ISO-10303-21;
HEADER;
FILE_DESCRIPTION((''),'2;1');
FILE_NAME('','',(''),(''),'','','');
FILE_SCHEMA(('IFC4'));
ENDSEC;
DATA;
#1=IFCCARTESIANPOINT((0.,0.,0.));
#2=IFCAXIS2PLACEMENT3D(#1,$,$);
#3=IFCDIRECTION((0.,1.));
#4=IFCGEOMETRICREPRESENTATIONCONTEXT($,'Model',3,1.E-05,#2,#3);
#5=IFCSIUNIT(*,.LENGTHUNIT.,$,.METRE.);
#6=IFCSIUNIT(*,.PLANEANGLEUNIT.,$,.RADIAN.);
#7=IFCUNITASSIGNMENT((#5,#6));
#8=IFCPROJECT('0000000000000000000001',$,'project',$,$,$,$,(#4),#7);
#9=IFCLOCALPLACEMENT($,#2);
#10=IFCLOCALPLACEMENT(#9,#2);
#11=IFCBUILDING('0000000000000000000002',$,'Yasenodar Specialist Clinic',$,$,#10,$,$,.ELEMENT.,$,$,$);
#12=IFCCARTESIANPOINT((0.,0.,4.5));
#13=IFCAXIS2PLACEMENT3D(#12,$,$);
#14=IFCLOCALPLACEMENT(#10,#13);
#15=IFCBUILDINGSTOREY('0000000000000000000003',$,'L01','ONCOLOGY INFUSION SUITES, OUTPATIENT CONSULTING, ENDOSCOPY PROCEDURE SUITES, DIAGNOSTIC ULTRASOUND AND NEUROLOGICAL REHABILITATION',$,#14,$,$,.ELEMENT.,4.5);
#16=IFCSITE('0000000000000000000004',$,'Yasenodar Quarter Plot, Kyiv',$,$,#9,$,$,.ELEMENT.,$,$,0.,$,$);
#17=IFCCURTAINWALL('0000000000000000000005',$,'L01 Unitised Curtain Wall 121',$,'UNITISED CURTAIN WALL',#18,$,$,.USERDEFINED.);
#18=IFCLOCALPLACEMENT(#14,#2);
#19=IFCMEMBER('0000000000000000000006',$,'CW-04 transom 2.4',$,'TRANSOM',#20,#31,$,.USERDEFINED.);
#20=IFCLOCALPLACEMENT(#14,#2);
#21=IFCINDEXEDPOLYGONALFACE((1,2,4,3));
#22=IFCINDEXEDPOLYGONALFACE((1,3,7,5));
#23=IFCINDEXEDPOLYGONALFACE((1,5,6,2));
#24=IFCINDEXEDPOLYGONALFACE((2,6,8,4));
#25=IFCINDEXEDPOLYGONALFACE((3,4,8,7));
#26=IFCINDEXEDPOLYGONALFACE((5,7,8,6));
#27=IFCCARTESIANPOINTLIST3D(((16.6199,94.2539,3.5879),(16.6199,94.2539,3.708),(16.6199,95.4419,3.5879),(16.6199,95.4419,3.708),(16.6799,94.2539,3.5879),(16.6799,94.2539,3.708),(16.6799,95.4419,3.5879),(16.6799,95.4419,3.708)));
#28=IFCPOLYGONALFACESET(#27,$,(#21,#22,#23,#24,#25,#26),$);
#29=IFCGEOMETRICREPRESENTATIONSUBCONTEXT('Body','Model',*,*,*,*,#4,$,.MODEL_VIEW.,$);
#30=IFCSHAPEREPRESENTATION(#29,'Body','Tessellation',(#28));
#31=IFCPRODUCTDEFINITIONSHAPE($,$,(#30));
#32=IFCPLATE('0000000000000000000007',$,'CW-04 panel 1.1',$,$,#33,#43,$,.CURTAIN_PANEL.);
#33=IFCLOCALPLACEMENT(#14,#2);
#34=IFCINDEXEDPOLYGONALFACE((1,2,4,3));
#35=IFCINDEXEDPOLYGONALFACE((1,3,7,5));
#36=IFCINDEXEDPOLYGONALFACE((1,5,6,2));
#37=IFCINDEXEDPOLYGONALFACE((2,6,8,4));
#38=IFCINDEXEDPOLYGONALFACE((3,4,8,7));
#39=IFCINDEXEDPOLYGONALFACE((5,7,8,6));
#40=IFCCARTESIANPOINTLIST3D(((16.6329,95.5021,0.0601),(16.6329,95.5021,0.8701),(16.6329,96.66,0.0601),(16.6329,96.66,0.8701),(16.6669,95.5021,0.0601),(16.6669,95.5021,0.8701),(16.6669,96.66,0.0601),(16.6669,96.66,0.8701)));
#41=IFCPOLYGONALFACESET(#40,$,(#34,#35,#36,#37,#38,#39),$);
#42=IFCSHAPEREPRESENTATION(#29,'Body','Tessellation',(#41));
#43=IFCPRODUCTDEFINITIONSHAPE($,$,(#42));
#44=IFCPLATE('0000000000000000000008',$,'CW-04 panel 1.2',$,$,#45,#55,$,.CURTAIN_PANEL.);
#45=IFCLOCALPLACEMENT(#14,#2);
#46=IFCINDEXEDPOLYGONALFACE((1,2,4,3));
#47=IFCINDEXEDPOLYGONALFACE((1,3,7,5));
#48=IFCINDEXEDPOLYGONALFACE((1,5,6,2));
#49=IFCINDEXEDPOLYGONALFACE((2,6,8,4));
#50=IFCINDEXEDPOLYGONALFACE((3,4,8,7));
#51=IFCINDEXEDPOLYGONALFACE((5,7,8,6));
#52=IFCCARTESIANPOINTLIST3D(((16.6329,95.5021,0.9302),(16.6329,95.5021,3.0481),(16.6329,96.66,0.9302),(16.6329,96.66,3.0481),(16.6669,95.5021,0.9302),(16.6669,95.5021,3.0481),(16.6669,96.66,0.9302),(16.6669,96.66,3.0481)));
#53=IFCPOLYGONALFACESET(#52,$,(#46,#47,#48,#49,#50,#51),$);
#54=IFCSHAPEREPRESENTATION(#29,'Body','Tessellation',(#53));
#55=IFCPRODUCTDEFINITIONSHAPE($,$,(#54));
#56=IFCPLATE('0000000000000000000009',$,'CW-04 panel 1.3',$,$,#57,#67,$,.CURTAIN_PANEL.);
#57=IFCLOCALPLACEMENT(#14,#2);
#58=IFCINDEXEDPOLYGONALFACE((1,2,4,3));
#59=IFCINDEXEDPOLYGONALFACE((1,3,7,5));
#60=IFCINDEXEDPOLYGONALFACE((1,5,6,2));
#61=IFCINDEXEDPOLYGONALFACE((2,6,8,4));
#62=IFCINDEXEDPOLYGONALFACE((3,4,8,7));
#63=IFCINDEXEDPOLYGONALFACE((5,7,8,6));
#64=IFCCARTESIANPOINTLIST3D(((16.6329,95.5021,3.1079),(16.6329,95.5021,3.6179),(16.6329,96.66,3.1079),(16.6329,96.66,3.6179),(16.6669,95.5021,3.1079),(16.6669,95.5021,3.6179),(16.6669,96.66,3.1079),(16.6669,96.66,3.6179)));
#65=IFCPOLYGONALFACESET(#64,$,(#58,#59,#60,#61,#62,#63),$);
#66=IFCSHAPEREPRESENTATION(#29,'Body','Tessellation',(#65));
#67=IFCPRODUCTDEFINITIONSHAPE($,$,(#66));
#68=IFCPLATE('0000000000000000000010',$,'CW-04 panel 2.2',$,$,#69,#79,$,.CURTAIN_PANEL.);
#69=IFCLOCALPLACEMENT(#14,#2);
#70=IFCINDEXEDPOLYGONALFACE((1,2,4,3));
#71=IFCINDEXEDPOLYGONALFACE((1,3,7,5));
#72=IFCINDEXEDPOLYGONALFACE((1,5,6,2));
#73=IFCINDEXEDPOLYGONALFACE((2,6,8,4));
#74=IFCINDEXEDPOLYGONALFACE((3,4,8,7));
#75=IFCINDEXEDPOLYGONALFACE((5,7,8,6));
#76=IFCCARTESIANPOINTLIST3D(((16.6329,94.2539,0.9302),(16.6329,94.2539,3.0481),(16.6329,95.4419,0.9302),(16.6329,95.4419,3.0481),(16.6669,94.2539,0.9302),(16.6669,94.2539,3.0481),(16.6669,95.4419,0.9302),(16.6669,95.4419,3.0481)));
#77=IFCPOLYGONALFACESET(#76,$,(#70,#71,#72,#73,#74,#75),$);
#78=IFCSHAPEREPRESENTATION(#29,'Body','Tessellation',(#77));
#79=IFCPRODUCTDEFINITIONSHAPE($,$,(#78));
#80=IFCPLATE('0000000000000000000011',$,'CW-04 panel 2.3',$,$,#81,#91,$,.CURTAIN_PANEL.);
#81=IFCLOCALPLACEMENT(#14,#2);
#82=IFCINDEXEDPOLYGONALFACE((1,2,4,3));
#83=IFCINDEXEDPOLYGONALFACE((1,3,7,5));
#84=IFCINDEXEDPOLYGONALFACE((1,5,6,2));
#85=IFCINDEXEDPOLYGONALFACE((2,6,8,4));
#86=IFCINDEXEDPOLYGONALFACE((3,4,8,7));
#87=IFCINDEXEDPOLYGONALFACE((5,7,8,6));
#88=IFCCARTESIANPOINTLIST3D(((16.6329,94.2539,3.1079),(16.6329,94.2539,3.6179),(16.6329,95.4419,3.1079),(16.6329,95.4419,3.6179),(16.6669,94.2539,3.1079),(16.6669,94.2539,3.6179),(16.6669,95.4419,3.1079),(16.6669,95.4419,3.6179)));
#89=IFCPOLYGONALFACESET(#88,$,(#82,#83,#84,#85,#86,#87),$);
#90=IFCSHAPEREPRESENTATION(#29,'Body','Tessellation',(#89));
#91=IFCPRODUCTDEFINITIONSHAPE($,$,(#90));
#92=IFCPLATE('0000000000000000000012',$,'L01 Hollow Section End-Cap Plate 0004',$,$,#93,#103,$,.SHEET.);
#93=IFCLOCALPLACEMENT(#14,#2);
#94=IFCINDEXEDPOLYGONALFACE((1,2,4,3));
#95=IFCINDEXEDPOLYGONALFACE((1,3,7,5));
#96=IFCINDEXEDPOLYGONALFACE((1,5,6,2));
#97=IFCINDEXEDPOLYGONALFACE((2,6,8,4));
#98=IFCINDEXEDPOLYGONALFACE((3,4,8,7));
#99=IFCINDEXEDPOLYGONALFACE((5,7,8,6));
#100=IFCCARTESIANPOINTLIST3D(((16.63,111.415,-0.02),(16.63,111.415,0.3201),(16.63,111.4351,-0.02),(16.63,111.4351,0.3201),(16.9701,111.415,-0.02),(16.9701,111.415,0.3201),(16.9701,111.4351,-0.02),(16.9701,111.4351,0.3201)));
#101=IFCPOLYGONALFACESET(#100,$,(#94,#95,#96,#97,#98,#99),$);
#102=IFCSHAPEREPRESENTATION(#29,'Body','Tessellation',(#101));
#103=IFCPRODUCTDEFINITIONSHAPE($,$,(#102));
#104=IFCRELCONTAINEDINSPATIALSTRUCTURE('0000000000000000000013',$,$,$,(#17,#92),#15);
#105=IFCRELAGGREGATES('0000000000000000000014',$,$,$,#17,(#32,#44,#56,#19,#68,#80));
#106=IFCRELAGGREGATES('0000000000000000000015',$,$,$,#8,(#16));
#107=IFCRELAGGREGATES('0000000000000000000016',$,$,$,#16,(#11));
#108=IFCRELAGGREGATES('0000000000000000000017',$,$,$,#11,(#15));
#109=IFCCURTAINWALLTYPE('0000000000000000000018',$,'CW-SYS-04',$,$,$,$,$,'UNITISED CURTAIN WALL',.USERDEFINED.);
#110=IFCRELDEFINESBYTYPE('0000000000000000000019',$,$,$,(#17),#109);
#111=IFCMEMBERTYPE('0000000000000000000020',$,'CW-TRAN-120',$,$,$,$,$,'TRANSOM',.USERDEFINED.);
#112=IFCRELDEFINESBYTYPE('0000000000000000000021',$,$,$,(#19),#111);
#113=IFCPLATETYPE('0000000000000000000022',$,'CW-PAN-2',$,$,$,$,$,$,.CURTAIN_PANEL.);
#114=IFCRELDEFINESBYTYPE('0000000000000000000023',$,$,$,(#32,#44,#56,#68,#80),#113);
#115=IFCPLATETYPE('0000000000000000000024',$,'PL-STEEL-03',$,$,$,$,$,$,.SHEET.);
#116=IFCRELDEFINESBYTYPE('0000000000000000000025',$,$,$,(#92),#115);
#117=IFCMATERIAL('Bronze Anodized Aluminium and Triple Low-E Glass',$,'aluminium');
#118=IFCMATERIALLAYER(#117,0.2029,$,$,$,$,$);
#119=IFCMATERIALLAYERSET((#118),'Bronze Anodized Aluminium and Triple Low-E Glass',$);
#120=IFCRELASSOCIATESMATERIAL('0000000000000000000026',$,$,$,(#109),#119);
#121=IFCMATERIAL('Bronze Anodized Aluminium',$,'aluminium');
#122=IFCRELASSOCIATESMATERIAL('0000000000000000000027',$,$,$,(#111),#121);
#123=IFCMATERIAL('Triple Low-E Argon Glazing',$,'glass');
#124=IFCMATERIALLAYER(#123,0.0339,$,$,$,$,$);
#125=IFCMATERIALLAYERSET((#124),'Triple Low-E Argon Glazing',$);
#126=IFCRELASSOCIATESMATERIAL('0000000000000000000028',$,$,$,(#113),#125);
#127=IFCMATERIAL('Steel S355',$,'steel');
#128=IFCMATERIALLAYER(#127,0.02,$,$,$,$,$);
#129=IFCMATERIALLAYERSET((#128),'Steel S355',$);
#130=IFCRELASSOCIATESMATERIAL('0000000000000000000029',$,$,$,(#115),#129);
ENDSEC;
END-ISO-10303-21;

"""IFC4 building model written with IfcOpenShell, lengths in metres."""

from ifc_helpers import new_model, si_unit, direction, frame, origin, origin_2d, place, context, subcontext, project, spatial, rectangle, extrude, material, layer, layer_set, material_profile, profile_set, type_object, element, aggregate, save


model = new_model("IFC4")

# Units and contexts
model_context = context("Model", 3, precision=1e-05, world=origin(), true_north=direction((0.0, 1.0)))
body_context = subcontext(model_context, "Body", "Model", "MODEL_VIEW")
ifc_project = project(units=[si_unit("LENGTHUNIT", "METRE"), si_unit("PLANEANGLEUNIT", "RADIAN")], contexts=[model_context])

# Site, building, storey
site_placement = place(None, origin())
site = spatial("IfcSite", under=ifc_project, at=site_placement, Name="Yasenodar Quarter Plot, Kyiv", CompositionType="ELEMENT", RefElevation=0.0)
building_placement = place(site_placement, origin())
building = spatial("IfcBuilding", under=site, at=building_placement, Name="Yasenodar Specialist Clinic", CompositionType="ELEMENT")
storey_placement = place(building_placement, frame((0.0, 0.0, 4.5)))
storey = spatial("IfcBuildingStorey", under=building, at=storey_placement, Name="L01", Description="ONCOLOGY INFUSION SUITES, OUTPATIENT CONSULTING, ENDOSCOPY PROCEDURE SUITES, DIAGNOSTIC ULTRASOUND AND NEUROLOGICAL REHABILITATION", CompositionType="ELEMENT", Elevation=4.5)

# Shared definitions
ifc_material_1 = material(Name="Steel S355", Category="steel")

# Curtain wall, member, plates
ifc_material_2 = material(Name="Bronze Anodized Aluminium and Triple Low-E Glass", Category="aluminium")
ifc_layer_1 = layer(ifc_material_2, 0.2029)
ifc_layer_set_1 = layer_set([ifc_layer_1], Name="Bronze Anodized Aluminium and Triple Low-E Glass")
curtain_wall_type = type_object("IfcCurtainWallType", Name="CW-SYS-04", ElementType="UNITISED CURTAIN WALL", PredefinedType="USERDEFINED", material=ifc_layer_set_1)
curtain_wall_placement = place(storey_placement, origin())
curtain_wall = element("IfcCurtainWall", 1, at=curtain_wall_placement, inside=storey, type_object=curtain_wall_type, Name="L01 Unitised Curtain Wall 121", ObjectType="UNITISED CURTAIN WALL", PredefinedType="USERDEFINED")
ifc_material_3 = material(Name="Bronze Anodized Aluminium", Category="aluminium")
ifc_material_profile_1 = material_profile(ifc_material_3, rectangle(XDim=0.0601, YDim=0.1201, at=origin_2d()), Name="CW-TRAN 60x120")
ifc_profile_set_1 = profile_set([ifc_material_profile_1], Name="Bronze Anodized Aluminium")
member_type_1 = type_object("IfcMemberType", Name="CW-TRAN-120", ElementType="TRANSOM", PredefinedType="USERDEFINED", material=ifc_profile_set_1)
member_1_placement = place(storey_placement, frame((16.6499, 95.4419, 3.6479), z_axis=(0.0, -1.0, 0.0), x_axis=(1.0, 0.0, 0.0)))
member_1 = element("IfcMember", 2, at=member_1_placement, type_object=member_type_1, Name="CW-04 transom 2.4", ObjectType="TRANSOM", PredefinedType="USERDEFINED", context=body_context, shape_type="SweptSolid", body=[
    extrude(rectangle(XDim=0.0601, YDim=0.1201, at=origin_2d()), origin(), (0.0, 0.0, 1.0), 1.188),
])
ifc_material_4 = material(Name="Triple Low-E Argon Glazing", Category="glass")
ifc_layer_2 = layer(ifc_material_4, 0.0339)
ifc_layer_set_2 = layer_set([ifc_layer_2], Name="Triple Low-E Argon Glazing")
plate_type_1 = type_object("IfcPlateType", Name="CW-PAN-2", PredefinedType="CURTAIN_PANEL", material=ifc_layer_set_2)
plate_1_placement = place(storey_placement, frame((16.6499, 96.0811, 0.0601), z_axis=(0.0, 0.0, 1.0), x_axis=(0.0, -1.0, 0.0)))
plate_1 = element("IfcPlate", 3, at=plate_1_placement, type_object=plate_type_1, Name="CW-04 panel 1.1", PredefinedType="CURTAIN_PANEL", context=body_context, shape_type="SweptSolid", body=[
    extrude(rectangle(XDim=1.158, YDim=0.0339, at=origin_2d()), origin(), (0.0, 0.0, 1.0), 0.8101),
])
plate_2_placement = place(storey_placement, frame((16.6499, 96.0811, 0.9302), z_axis=(0.0, 0.0, 1.0), x_axis=(0.0, -1.0, 0.0)))
plate_2 = element("IfcPlate", 4, at=plate_2_placement, type_object=plate_type_1, Name="CW-04 panel 1.2", PredefinedType="CURTAIN_PANEL", context=body_context, shape_type="SweptSolid", body=[
    extrude(rectangle(XDim=1.158, YDim=0.0339, at=origin_2d()), origin(), (0.0, 0.0, 1.0), 2.1179),
])
plate_3_placement = place(storey_placement, frame((16.6499, 96.0811, 3.1079), z_axis=(0.0, 0.0, 1.0), x_axis=(0.0, -1.0, 0.0)))
plate_3 = element("IfcPlate", 5, at=plate_3_placement, type_object=plate_type_1, Name="CW-04 panel 1.3", PredefinedType="CURTAIN_PANEL", context=body_context, shape_type="SweptSolid", body=[
    extrude(rectangle(XDim=1.158, YDim=0.0339, at=origin_2d()), origin(), (0.0, 0.0, 1.0), 0.51),
])
plate_4_placement = place(storey_placement, frame((16.6499, 94.8479, 0.9302), z_axis=(0.0, 0.0, 1.0), x_axis=(0.0, -1.0, 0.0)))
plate_4 = element("IfcPlate", 6, at=plate_4_placement, type_object=plate_type_1, Name="CW-04 panel 2.2", PredefinedType="CURTAIN_PANEL", context=body_context, shape_type="SweptSolid", body=[
    extrude(rectangle(XDim=1.188, YDim=0.0339, at=origin_2d()), origin(), (0.0, 0.0, 1.0), 2.1179),
])
plate_5_placement = place(storey_placement, frame((16.6499, 94.8479, 3.1079), z_axis=(0.0, 0.0, 1.0), x_axis=(0.0, -1.0, 0.0)))
plate_5 = element("IfcPlate", 7, at=plate_5_placement, type_object=plate_type_1, Name="CW-04 panel 2.3", PredefinedType="CURTAIN_PANEL", context=body_context, shape_type="SweptSolid", body=[
    extrude(rectangle(XDim=1.188, YDim=0.0339, at=origin_2d()), origin(), (0.0, 0.0, 1.0), 0.51),
])
aggregate(curtain_wall, [plate_1, plate_2, plate_3, member_1, plate_4, plate_5])

# Plate
ifc_layer_3 = layer(ifc_material_1, 0.02)
ifc_layer_set_3 = layer_set([ifc_layer_3], Name="Steel S355")
plate_type_2 = type_object("IfcPlateType", Name="PL-STEEL-03", PredefinedType="SHEET", material=ifc_layer_set_3)
plate_6_placement = place(storey_placement, frame((16.8, 111.425, -0.02), z_axis=(0.0, 0.0, 1.0), x_axis=(1.0, 0.0, 0.0)))
element("IfcPlate", 8, at=plate_6_placement, inside=storey, type_object=plate_type_2, Name="L01 Hollow Section End-Cap Plate 0004", PredefinedType="SHEET", context=body_context, shape_type="SweptSolid", body=[
    extrude(rectangle(XDim=0.3401, YDim=0.02, at=origin_2d()), origin(), (0.0, 0.0, 1.0), 0.3401),
])

save(model, "model.ifc")
